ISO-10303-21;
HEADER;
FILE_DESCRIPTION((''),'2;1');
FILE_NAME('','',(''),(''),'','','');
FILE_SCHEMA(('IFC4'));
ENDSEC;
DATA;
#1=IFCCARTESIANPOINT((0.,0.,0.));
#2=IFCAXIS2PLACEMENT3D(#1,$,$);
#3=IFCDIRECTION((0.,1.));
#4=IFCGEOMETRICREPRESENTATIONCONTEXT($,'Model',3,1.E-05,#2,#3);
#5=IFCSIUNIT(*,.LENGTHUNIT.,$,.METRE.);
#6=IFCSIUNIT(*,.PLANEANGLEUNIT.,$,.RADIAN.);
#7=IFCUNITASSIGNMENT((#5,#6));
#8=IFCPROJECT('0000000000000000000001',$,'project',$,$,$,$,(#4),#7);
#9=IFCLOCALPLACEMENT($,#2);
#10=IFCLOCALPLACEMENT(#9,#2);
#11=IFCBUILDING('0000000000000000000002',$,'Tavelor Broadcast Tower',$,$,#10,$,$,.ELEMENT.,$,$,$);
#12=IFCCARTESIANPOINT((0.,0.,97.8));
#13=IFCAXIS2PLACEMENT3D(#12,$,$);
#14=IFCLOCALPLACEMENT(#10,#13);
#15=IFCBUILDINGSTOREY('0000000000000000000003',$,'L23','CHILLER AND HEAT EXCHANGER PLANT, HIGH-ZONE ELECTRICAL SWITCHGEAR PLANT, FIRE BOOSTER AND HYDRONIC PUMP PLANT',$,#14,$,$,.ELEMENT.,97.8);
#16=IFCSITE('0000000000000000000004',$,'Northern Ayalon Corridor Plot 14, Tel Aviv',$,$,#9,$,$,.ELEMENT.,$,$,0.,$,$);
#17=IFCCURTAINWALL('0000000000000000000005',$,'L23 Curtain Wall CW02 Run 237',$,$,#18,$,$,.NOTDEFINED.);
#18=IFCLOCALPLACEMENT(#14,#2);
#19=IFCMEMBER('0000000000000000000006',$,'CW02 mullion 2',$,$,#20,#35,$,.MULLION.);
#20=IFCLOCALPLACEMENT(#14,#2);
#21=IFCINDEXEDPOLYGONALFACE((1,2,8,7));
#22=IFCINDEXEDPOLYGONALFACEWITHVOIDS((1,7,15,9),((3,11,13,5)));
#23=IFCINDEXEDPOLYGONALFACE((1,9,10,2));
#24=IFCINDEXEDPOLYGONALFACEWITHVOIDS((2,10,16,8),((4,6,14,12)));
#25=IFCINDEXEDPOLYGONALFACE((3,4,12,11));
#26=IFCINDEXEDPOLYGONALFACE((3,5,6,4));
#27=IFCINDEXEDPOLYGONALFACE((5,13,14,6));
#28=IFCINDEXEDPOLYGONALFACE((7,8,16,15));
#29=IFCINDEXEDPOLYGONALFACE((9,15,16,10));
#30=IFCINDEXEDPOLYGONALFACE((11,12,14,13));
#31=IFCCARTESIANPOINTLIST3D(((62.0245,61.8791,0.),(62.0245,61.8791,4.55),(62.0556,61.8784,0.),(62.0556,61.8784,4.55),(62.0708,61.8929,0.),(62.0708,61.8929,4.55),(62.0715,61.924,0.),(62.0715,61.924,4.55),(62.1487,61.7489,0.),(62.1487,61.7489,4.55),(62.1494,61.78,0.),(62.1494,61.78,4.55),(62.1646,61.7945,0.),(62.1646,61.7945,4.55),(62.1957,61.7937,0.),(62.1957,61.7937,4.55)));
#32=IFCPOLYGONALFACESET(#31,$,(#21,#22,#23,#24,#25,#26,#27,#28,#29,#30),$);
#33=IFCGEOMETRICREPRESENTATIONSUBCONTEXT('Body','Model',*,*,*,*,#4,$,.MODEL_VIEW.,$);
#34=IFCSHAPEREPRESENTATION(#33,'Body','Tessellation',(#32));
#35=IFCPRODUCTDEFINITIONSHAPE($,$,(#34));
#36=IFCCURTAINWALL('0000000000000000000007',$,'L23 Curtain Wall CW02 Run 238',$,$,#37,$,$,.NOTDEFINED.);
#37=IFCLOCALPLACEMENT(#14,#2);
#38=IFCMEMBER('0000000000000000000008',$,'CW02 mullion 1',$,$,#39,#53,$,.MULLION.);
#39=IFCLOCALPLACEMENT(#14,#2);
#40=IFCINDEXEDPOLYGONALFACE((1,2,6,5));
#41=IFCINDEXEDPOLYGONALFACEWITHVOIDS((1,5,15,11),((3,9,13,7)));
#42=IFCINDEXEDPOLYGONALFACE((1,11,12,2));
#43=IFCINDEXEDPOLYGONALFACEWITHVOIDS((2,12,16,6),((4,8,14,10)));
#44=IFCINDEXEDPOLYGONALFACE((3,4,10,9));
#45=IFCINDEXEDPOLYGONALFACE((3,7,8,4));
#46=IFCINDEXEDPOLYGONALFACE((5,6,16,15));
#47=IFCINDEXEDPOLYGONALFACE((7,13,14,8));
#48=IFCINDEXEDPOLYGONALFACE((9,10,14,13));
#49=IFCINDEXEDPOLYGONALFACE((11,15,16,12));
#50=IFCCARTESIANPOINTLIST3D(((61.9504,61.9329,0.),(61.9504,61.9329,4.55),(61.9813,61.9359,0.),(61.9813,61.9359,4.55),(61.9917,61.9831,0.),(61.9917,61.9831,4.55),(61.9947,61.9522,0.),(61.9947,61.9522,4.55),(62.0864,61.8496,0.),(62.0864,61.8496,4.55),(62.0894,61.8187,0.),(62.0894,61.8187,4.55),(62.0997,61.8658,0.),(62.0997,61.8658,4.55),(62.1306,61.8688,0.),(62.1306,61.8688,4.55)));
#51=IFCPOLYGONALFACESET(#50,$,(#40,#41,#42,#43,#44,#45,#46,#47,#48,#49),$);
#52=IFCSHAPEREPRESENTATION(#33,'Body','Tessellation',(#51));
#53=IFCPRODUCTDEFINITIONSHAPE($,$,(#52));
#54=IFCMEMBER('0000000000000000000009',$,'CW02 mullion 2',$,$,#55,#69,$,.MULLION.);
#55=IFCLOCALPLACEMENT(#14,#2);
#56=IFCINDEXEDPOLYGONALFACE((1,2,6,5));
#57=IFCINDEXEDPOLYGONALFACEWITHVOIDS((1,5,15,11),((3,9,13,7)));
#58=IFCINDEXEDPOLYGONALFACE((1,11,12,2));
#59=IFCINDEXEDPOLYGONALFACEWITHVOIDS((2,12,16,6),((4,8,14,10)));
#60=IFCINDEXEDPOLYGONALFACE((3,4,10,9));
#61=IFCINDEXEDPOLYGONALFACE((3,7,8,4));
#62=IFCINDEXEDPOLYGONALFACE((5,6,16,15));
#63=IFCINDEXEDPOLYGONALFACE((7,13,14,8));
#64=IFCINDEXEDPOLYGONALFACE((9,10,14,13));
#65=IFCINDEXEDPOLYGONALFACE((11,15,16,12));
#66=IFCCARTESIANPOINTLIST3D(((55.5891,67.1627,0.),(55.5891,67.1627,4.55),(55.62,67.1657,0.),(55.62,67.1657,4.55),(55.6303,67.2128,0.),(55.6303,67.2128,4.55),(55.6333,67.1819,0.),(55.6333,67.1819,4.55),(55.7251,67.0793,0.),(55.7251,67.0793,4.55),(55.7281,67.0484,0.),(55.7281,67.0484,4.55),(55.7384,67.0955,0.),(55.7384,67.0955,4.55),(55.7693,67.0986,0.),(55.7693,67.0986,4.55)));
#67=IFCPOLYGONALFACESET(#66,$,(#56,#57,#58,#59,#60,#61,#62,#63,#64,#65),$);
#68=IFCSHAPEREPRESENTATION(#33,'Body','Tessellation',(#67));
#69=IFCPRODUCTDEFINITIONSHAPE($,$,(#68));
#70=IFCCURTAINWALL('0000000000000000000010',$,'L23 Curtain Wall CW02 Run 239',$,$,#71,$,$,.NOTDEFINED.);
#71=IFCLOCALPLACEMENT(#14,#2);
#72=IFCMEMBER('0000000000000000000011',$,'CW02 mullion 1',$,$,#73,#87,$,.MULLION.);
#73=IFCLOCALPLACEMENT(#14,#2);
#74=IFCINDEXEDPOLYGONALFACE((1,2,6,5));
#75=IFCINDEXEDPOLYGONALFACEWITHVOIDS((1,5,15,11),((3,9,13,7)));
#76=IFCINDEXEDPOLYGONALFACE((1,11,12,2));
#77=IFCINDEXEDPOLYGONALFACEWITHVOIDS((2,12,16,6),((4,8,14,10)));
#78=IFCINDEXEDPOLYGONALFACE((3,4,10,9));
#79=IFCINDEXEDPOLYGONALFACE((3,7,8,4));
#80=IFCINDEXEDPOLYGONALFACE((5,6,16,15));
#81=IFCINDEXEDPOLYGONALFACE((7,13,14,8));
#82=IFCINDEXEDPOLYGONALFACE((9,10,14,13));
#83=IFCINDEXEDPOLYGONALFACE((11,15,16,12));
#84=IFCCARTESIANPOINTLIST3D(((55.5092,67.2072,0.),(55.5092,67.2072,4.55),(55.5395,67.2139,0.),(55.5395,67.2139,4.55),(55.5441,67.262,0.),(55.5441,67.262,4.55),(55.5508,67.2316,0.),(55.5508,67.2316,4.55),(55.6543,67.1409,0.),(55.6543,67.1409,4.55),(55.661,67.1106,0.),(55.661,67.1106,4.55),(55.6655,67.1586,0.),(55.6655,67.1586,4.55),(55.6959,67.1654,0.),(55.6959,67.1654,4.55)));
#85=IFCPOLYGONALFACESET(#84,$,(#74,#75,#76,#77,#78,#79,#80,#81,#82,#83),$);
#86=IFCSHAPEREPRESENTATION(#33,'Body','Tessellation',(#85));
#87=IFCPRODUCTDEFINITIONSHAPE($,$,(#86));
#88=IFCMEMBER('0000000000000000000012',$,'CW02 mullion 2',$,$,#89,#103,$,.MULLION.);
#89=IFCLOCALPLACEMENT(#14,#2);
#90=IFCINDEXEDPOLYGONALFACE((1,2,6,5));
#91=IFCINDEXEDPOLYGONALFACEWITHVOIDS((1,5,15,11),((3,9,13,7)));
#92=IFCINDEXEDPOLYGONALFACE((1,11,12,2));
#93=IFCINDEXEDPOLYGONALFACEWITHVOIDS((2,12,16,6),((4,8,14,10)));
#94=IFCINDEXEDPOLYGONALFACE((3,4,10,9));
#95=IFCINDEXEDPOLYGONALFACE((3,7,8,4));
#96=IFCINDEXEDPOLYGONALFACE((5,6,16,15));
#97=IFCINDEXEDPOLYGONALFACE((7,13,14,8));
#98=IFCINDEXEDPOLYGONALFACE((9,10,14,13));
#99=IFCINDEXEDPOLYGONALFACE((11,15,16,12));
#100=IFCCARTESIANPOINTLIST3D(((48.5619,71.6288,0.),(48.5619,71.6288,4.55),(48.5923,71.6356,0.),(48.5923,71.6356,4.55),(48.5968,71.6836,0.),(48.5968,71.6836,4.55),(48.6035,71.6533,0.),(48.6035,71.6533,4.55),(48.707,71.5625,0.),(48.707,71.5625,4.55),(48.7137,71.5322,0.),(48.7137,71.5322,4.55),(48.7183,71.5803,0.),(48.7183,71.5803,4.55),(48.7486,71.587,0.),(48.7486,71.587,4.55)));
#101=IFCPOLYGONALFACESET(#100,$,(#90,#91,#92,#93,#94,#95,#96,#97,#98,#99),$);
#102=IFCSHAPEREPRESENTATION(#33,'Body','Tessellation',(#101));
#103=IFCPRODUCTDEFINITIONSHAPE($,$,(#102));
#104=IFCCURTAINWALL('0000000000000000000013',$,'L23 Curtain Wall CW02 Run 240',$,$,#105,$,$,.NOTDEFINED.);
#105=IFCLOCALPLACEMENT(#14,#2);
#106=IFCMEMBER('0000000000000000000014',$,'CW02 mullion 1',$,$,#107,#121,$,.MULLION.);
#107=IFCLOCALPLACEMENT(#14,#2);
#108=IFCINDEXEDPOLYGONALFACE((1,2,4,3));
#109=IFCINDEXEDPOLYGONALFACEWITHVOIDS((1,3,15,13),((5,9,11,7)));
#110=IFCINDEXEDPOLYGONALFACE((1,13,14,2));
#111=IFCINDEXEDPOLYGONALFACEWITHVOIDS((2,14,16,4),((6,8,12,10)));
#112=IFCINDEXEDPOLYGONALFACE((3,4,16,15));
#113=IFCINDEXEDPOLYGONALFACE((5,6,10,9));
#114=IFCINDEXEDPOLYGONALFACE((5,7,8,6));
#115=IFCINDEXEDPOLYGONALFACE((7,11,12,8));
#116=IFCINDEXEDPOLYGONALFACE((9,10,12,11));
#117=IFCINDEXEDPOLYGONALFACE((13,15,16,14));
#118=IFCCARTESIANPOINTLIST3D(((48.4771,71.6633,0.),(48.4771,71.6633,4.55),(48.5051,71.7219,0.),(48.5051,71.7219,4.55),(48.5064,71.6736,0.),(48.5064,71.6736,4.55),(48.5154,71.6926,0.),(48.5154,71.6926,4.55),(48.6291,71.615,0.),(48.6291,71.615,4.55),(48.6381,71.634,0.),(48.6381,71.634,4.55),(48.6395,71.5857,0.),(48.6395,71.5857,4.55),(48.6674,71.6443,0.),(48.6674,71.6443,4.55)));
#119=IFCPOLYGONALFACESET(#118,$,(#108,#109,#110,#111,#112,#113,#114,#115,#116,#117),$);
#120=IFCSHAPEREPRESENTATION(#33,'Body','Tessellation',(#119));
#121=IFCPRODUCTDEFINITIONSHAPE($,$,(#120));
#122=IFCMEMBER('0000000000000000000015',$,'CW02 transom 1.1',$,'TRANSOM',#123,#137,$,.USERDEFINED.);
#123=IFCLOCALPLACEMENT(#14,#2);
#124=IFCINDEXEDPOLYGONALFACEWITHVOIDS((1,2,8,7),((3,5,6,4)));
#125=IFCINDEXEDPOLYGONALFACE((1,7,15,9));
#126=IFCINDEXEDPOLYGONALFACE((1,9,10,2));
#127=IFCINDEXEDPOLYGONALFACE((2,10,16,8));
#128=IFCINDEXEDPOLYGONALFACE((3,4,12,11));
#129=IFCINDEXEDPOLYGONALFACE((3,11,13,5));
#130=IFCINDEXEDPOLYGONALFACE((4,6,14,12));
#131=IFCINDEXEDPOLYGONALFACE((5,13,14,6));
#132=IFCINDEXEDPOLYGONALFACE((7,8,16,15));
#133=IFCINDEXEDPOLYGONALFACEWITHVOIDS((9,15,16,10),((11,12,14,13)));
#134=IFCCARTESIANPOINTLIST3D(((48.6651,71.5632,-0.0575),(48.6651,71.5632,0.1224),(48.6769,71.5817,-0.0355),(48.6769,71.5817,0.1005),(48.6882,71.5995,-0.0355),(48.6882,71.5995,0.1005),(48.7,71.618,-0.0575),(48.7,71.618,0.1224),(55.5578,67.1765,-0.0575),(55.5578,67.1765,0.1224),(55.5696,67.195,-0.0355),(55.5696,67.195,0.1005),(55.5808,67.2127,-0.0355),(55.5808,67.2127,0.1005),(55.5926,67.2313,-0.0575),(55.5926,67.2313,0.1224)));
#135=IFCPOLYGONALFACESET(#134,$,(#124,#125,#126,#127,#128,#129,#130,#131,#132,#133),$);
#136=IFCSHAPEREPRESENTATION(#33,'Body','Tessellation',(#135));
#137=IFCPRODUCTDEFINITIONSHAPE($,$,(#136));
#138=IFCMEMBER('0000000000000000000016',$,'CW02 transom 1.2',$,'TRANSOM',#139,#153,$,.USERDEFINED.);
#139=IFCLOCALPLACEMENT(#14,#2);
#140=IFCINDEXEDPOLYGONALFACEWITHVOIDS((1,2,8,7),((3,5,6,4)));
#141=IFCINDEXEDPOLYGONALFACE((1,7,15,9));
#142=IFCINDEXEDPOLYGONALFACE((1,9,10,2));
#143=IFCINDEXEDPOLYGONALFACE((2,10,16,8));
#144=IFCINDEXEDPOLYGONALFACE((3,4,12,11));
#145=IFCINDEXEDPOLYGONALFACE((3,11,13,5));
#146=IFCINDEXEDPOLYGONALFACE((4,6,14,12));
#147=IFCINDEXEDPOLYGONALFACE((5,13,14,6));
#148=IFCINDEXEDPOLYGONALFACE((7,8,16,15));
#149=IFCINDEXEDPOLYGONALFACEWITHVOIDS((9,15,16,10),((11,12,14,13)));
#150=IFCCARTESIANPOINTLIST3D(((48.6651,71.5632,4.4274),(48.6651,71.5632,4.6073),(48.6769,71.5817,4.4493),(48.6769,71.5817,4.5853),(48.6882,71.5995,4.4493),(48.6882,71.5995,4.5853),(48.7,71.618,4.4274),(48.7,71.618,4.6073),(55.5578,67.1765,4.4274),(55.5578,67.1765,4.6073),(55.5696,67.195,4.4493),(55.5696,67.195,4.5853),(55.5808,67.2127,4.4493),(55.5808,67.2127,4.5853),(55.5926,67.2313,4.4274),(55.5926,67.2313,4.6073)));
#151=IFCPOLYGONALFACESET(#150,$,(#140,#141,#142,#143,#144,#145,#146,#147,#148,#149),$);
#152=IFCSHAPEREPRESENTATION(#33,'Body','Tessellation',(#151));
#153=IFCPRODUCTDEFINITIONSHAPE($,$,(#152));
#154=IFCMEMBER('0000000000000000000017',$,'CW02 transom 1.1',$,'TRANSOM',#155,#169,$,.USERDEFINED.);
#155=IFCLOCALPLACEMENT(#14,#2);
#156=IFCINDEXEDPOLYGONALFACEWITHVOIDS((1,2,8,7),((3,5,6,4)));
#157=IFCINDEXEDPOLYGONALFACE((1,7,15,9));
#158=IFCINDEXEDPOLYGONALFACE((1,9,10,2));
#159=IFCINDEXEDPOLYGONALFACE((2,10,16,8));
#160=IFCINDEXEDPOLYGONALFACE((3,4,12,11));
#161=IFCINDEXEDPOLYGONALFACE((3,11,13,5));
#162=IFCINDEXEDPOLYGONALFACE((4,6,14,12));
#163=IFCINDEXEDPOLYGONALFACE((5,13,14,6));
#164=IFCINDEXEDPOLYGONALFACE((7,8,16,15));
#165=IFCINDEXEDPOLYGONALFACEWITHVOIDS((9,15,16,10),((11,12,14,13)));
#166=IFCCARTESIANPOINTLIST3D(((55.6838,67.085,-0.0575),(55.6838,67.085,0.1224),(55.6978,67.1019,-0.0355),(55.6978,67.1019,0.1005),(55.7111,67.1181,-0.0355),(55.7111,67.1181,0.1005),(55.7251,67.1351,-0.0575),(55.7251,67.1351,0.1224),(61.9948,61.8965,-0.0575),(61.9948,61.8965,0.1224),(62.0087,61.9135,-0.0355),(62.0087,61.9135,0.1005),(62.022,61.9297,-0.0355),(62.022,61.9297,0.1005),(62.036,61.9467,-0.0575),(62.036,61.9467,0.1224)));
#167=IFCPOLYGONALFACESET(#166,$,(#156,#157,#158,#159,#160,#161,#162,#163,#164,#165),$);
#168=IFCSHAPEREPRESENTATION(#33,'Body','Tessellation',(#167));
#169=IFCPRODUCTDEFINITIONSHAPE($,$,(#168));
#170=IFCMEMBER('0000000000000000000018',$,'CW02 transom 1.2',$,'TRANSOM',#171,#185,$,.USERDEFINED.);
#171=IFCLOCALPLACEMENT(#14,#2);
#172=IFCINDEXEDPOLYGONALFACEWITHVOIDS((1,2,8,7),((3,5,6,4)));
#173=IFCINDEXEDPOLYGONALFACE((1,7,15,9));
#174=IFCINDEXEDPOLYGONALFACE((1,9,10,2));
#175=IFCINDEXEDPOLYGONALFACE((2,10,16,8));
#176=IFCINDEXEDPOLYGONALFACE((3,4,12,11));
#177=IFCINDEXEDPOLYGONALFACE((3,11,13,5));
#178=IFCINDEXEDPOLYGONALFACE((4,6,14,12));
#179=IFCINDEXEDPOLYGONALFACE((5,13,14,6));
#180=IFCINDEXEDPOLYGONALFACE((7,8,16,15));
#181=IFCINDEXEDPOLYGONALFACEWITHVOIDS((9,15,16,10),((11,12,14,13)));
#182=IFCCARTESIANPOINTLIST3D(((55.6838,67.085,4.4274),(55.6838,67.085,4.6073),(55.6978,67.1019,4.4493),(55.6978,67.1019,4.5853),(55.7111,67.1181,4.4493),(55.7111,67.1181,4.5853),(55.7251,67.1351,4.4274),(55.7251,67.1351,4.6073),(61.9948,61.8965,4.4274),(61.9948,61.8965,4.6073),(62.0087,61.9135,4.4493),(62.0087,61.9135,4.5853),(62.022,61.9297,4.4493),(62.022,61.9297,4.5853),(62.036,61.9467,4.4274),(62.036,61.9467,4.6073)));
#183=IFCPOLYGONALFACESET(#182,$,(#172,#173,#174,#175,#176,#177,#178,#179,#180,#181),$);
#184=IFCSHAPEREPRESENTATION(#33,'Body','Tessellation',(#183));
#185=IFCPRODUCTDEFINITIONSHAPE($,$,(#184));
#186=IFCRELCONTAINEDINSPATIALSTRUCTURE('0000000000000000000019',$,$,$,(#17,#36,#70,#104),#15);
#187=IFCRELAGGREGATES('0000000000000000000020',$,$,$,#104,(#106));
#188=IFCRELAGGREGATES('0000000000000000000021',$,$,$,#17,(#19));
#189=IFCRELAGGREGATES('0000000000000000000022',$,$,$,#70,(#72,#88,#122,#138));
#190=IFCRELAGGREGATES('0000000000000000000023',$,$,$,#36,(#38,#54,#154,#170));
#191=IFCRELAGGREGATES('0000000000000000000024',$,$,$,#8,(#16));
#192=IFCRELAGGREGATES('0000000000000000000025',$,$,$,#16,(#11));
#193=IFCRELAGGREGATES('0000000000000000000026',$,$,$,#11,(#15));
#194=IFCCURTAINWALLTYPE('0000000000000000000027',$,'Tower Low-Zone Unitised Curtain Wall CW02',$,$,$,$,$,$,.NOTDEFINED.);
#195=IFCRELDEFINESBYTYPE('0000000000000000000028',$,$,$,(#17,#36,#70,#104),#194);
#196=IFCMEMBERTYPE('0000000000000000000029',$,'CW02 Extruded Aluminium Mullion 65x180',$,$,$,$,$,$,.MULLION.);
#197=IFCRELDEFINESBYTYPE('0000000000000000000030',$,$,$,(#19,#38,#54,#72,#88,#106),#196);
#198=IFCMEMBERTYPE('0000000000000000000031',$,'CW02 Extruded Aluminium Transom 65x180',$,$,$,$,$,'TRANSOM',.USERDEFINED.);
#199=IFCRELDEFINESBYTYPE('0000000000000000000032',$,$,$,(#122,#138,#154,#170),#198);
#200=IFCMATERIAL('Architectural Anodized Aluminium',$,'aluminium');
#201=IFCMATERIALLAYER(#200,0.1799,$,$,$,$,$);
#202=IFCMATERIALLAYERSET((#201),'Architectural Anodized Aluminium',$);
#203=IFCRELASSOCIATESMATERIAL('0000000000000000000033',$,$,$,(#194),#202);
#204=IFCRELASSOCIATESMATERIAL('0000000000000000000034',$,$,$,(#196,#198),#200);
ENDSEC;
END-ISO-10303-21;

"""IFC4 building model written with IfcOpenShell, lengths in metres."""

from ifc_helpers import new_model, si_unit, direction, frame, origin, origin_2d, place, context, subcontext, project, spatial, hollow_rectangle, extrude, source, transform, mapped, material, layer, layer_set, material_profile, profile_set, type_object, type_shapes, element, aggregate, save


model = new_model("IFC4")

# Units and contexts
model_context = context("Model", 3, precision=1e-05, world=origin(), true_north=direction((0.0, 1.0)))
body_context = subcontext(model_context, "Body", "Model", "MODEL_VIEW")
ifc_project = project(units=[si_unit("LENGTHUNIT", "METRE"), si_unit("PLANEANGLEUNIT", "RADIAN")], contexts=[model_context])

# Site, building, storey
site_placement = place(None, origin())
site = spatial("IfcSite", under=ifc_project, at=site_placement, Name="Northern Ayalon Corridor Plot 14, Tel Aviv", CompositionType="ELEMENT", RefElevation=0.0)
building_placement = place(site_placement, origin())
building = spatial("IfcBuilding", under=site, at=building_placement, Name="Tavelor Broadcast Tower", CompositionType="ELEMENT")
storey_placement = place(building_placement, frame((0.0, 0.0, 97.8)))
storey = spatial("IfcBuildingStorey", under=building, at=storey_placement, Name="L23", Description="CHILLER AND HEAT EXCHANGER PLANT, HIGH-ZONE ELECTRICAL SWITCHGEAR PLANT, FIRE BOOSTER AND HYDRONIC PUMP PLANT", CompositionType="ELEMENT", Elevation=97.8)

# Curtain walls, members
ifc_material_1 = material(Name="Architectural Anodized Aluminium", Category="aluminium")
ifc_layer_1 = layer(ifc_material_1, 0.1799)
ifc_layer_set_1 = layer_set([ifc_layer_1], Name="Architectural Anodized Aluminium")
curtain_wall_type = type_object("IfcCurtainWallType", Name="Tower Low-Zone Unitised Curtain Wall CW02", PredefinedType="NOTDEFINED", material=ifc_layer_set_1)
curtain_wall_1_placement = place(storey_placement, origin())
curtain_wall_1 = element("IfcCurtainWall", 1, at=curtain_wall_1_placement, inside=storey, type_object=curtain_wall_type, Name="L23 Curtain Wall CW02 Run 237", PredefinedType="NOTDEFINED")
ifc_material_profile_1 = material_profile(ifc_material_1, hollow_rectangle(XDim=0.0649, YDim=0.1799, WallThickness=0.022, at=origin_2d()), Name="RHS 65x180x22")
ifc_profile_set_1 = profile_set([ifc_material_profile_1], Name="Architectural Anodized Aluminium")
member_type_1 = type_object("IfcMemberType", Name="CW02 Extruded Aluminium Mullion 65x180", PredefinedType="MULLION", material=ifc_profile_set_1)
shared_shape_1 = source(origin(), body_context, "Body", "SweptSolid", [
    extrude(hollow_rectangle(XDim=0.0649, YDim=0.1799, WallThickness=0.022, at=origin_2d()), origin(), (0.0, 0.0, 1.0), 4.55),
])
type_shapes(member_type_1, [shared_shape_1])
member_1_placement = place(storey_placement, frame((62.1101, 61.8364, 0.0), z_axis=(0.0, 0.0, 1.0), x_axis=(-0.723872, -0.689934, 0.0)))
member_1 = element("IfcMember", 2, at=member_1_placement, type_object=member_type_1, Name="CW02 mullion 2", PredefinedType="MULLION", context=body_context, shape_type="MappedRepresentation", body=[
    mapped(shared_shape_1, transform((0.0, 0.0, 0.0), scale=1.0)),
])
curtain_wall_2_placement = place(storey_placement, origin())
curtain_wall_2 = element("IfcCurtainWall", 3, at=curtain_wall_2_placement, inside=storey, type_object=curtain_wall_type, Name="L23 Curtain Wall CW02 Run 238", PredefinedType="NOTDEFINED")
member_2_placement = place(storey_placement, frame((62.0405, 61.9009, 0.0), z_axis=(0.0, 0.0, 1.0), x_axis=(-0.635057, -0.772466, 0.0)))
member_2 = element("IfcMember", 4, at=member_2_placement, type_object=member_type_1, Name="CW02 mullion 1", PredefinedType="MULLION", context=body_context, shape_type="MappedRepresentation", body=[
    mapped(shared_shape_1, transform((0.0, 0.0, 0.0), scale=1.0)),
])
member_3_placement = place(storey_placement, frame((55.6792, 67.1306, 0.0), z_axis=(0.0, 0.0, 1.0), x_axis=(-0.635057, -0.772466, 0.0)))
member_3 = element("IfcMember", 5, at=member_3_placement, type_object=member_type_1, Name="CW02 mullion 2", PredefinedType="MULLION", context=body_context, shape_type="MappedRepresentation", body=[
    mapped(shared_shape_1, transform((0.0, 0.0, 0.0), scale=1.0)),
])
curtain_wall_3_placement = place(storey_placement, origin())
curtain_wall_3 = element("IfcCurtainWall", 6, at=curtain_wall_3_placement, inside=storey, type_object=curtain_wall_type, Name="L23 Curtain Wall CW02 Run 239", PredefinedType="NOTDEFINED")
member_4_placement = place(storey_placement, frame((55.6025, 67.1863, 0.0), z_axis=(0.0, 0.0, 1.0), x_axis=(-0.536929, -0.843628, 0.0)))
member_4 = element("IfcMember", 7, at=member_4_placement, type_object=member_type_1, Name="CW02 mullion 1", PredefinedType="MULLION", context=body_context, shape_type="MappedRepresentation", body=[
    mapped(shared_shape_1, transform((0.0, 0.0, 0.0), scale=1.0)),
])
member_5_placement = place(storey_placement, frame((48.6553, 71.6079, 0.0), z_axis=(0.0, 0.0, 1.0), x_axis=(-0.536929, -0.843628, 0.0)))
member_5 = element("IfcMember", 8, at=member_5_placement, type_object=member_type_1, Name="CW02 mullion 2", PredefinedType="MULLION", context=body_context, shape_type="MappedRepresentation", body=[
    mapped(shared_shape_1, transform((0.0, 0.0, 0.0), scale=1.0)),
])

# Curtain wall, member
curtain_wall_4_placement = place(storey_placement, origin())
curtain_wall_4 = element("IfcCurtainWall", 9, at=curtain_wall_4_placement, inside=storey, type_object=curtain_wall_type, Name="L23 Curtain Wall CW02 Run 240", PredefinedType="NOTDEFINED")
member_6_placement = place(storey_placement, frame((48.5723, 71.6538, 0.0), z_axis=(0.0, 0.0, 1.0), x_axis=(-0.430882, -0.902408, 0.0)))
member_6 = element("IfcMember", 10, at=member_6_placement, type_object=member_type_1, Name="CW02 mullion 1", PredefinedType="MULLION", context=body_context, shape_type="MappedRepresentation", body=[
    mapped(shared_shape_1, transform((0.0, 0.0, 0.0), scale=1.0)),
])

# Members
ifc_material_profile_2 = material_profile(ifc_material_1, hollow_rectangle(XDim=0.0649, YDim=0.1799, WallThickness=0.022, at=origin_2d()), Name="RHS 65x180x22")
ifc_profile_set_2 = profile_set([ifc_material_profile_2], Name="Architectural Anodized Aluminium")
member_type_2 = type_object("IfcMemberType", Name="CW02 Extruded Aluminium Transom 65x180", ElementType="TRANSOM", PredefinedType="USERDEFINED", material=ifc_profile_set_2)
shared_shape_2 = source(origin(), body_context, "Body", "SweptSolid", [
    extrude(hollow_rectangle(XDim=0.0649, YDim=0.1799, WallThickness=0.022, at=origin_2d()), origin(), (0.0, 0.0, 1.0), 8.1702),
])
member_7_placement = place(storey_placement, frame((55.5752, 67.2039, 0.0325), z_axis=(-0.843632, 0.536922, 0.0), x_axis=(-0.536922, -0.843632, 0.0)))
member_7 = element("IfcMember", 11, at=member_7_placement, type_object=member_type_2, Name="CW02 transom 1.1", ObjectType="TRANSOM", PredefinedType="USERDEFINED", context=body_context, shape_type="MappedRepresentation", body=[
    mapped(shared_shape_2, transform((0.0, 0.0, 0.0), scale=1.0)),
])
member_8_placement = place(storey_placement, frame((55.5752, 67.2039, 4.5173), z_axis=(-0.843632, 0.536922, 0.0), x_axis=(-0.536922, -0.843632, 0.0)))
member_8 = element("IfcMember", 12, at=member_8_placement, type_object=member_type_2, Name="CW02 transom 1.2", ObjectType="TRANSOM", PredefinedType="USERDEFINED", context=body_context, shape_type="MappedRepresentation", body=[
    mapped(shared_shape_2, transform((0.0, 0.0, 0.0), scale=1.0)),
])
shared_shape_3 = source(origin(), body_context, "Body", "SweptSolid", [
    extrude(hollow_rectangle(XDim=0.0649, YDim=0.1799, WallThickness=0.022, at=origin_2d()), origin(), (0.0, 0.0, 1.0), 8.1699),
])
member_9_placement = place(storey_placement, frame((62.0154, 61.9216, 0.0325), z_axis=(-0.772461, 0.635062, 0.0), x_axis=(-0.635062, -0.772461, 0.0)))
member_9 = element("IfcMember", 13, at=member_9_placement, type_object=member_type_2, Name="CW02 transom 1.1", ObjectType="TRANSOM", PredefinedType="USERDEFINED", context=body_context, shape_type="MappedRepresentation", body=[
    mapped(shared_shape_3, transform((0.0, 0.0, 0.0), scale=1.0)),
])
member_10_placement = place(storey_placement, frame((62.0154, 61.9216, 4.5173), z_axis=(-0.772461, 0.635062, 0.0), x_axis=(-0.635062, -0.772461, 0.0)))
member_10 = element("IfcMember", 14, at=member_10_placement, type_object=member_type_2, Name="CW02 transom 1.2", ObjectType="TRANSOM", PredefinedType="USERDEFINED", context=body_context, shape_type="MappedRepresentation", body=[
    mapped(shared_shape_3, transform((0.0, 0.0, 0.0), scale=1.0)),
])
aggregate(curtain_wall_4, [member_6])

aggregate(curtain_wall_1, [member_1])
aggregate(curtain_wall_3, [member_4, member_5, member_7, member_8])
aggregate(curtain_wall_2, [member_2, member_3, member_9, member_10])

save(model, "model.ifc")
